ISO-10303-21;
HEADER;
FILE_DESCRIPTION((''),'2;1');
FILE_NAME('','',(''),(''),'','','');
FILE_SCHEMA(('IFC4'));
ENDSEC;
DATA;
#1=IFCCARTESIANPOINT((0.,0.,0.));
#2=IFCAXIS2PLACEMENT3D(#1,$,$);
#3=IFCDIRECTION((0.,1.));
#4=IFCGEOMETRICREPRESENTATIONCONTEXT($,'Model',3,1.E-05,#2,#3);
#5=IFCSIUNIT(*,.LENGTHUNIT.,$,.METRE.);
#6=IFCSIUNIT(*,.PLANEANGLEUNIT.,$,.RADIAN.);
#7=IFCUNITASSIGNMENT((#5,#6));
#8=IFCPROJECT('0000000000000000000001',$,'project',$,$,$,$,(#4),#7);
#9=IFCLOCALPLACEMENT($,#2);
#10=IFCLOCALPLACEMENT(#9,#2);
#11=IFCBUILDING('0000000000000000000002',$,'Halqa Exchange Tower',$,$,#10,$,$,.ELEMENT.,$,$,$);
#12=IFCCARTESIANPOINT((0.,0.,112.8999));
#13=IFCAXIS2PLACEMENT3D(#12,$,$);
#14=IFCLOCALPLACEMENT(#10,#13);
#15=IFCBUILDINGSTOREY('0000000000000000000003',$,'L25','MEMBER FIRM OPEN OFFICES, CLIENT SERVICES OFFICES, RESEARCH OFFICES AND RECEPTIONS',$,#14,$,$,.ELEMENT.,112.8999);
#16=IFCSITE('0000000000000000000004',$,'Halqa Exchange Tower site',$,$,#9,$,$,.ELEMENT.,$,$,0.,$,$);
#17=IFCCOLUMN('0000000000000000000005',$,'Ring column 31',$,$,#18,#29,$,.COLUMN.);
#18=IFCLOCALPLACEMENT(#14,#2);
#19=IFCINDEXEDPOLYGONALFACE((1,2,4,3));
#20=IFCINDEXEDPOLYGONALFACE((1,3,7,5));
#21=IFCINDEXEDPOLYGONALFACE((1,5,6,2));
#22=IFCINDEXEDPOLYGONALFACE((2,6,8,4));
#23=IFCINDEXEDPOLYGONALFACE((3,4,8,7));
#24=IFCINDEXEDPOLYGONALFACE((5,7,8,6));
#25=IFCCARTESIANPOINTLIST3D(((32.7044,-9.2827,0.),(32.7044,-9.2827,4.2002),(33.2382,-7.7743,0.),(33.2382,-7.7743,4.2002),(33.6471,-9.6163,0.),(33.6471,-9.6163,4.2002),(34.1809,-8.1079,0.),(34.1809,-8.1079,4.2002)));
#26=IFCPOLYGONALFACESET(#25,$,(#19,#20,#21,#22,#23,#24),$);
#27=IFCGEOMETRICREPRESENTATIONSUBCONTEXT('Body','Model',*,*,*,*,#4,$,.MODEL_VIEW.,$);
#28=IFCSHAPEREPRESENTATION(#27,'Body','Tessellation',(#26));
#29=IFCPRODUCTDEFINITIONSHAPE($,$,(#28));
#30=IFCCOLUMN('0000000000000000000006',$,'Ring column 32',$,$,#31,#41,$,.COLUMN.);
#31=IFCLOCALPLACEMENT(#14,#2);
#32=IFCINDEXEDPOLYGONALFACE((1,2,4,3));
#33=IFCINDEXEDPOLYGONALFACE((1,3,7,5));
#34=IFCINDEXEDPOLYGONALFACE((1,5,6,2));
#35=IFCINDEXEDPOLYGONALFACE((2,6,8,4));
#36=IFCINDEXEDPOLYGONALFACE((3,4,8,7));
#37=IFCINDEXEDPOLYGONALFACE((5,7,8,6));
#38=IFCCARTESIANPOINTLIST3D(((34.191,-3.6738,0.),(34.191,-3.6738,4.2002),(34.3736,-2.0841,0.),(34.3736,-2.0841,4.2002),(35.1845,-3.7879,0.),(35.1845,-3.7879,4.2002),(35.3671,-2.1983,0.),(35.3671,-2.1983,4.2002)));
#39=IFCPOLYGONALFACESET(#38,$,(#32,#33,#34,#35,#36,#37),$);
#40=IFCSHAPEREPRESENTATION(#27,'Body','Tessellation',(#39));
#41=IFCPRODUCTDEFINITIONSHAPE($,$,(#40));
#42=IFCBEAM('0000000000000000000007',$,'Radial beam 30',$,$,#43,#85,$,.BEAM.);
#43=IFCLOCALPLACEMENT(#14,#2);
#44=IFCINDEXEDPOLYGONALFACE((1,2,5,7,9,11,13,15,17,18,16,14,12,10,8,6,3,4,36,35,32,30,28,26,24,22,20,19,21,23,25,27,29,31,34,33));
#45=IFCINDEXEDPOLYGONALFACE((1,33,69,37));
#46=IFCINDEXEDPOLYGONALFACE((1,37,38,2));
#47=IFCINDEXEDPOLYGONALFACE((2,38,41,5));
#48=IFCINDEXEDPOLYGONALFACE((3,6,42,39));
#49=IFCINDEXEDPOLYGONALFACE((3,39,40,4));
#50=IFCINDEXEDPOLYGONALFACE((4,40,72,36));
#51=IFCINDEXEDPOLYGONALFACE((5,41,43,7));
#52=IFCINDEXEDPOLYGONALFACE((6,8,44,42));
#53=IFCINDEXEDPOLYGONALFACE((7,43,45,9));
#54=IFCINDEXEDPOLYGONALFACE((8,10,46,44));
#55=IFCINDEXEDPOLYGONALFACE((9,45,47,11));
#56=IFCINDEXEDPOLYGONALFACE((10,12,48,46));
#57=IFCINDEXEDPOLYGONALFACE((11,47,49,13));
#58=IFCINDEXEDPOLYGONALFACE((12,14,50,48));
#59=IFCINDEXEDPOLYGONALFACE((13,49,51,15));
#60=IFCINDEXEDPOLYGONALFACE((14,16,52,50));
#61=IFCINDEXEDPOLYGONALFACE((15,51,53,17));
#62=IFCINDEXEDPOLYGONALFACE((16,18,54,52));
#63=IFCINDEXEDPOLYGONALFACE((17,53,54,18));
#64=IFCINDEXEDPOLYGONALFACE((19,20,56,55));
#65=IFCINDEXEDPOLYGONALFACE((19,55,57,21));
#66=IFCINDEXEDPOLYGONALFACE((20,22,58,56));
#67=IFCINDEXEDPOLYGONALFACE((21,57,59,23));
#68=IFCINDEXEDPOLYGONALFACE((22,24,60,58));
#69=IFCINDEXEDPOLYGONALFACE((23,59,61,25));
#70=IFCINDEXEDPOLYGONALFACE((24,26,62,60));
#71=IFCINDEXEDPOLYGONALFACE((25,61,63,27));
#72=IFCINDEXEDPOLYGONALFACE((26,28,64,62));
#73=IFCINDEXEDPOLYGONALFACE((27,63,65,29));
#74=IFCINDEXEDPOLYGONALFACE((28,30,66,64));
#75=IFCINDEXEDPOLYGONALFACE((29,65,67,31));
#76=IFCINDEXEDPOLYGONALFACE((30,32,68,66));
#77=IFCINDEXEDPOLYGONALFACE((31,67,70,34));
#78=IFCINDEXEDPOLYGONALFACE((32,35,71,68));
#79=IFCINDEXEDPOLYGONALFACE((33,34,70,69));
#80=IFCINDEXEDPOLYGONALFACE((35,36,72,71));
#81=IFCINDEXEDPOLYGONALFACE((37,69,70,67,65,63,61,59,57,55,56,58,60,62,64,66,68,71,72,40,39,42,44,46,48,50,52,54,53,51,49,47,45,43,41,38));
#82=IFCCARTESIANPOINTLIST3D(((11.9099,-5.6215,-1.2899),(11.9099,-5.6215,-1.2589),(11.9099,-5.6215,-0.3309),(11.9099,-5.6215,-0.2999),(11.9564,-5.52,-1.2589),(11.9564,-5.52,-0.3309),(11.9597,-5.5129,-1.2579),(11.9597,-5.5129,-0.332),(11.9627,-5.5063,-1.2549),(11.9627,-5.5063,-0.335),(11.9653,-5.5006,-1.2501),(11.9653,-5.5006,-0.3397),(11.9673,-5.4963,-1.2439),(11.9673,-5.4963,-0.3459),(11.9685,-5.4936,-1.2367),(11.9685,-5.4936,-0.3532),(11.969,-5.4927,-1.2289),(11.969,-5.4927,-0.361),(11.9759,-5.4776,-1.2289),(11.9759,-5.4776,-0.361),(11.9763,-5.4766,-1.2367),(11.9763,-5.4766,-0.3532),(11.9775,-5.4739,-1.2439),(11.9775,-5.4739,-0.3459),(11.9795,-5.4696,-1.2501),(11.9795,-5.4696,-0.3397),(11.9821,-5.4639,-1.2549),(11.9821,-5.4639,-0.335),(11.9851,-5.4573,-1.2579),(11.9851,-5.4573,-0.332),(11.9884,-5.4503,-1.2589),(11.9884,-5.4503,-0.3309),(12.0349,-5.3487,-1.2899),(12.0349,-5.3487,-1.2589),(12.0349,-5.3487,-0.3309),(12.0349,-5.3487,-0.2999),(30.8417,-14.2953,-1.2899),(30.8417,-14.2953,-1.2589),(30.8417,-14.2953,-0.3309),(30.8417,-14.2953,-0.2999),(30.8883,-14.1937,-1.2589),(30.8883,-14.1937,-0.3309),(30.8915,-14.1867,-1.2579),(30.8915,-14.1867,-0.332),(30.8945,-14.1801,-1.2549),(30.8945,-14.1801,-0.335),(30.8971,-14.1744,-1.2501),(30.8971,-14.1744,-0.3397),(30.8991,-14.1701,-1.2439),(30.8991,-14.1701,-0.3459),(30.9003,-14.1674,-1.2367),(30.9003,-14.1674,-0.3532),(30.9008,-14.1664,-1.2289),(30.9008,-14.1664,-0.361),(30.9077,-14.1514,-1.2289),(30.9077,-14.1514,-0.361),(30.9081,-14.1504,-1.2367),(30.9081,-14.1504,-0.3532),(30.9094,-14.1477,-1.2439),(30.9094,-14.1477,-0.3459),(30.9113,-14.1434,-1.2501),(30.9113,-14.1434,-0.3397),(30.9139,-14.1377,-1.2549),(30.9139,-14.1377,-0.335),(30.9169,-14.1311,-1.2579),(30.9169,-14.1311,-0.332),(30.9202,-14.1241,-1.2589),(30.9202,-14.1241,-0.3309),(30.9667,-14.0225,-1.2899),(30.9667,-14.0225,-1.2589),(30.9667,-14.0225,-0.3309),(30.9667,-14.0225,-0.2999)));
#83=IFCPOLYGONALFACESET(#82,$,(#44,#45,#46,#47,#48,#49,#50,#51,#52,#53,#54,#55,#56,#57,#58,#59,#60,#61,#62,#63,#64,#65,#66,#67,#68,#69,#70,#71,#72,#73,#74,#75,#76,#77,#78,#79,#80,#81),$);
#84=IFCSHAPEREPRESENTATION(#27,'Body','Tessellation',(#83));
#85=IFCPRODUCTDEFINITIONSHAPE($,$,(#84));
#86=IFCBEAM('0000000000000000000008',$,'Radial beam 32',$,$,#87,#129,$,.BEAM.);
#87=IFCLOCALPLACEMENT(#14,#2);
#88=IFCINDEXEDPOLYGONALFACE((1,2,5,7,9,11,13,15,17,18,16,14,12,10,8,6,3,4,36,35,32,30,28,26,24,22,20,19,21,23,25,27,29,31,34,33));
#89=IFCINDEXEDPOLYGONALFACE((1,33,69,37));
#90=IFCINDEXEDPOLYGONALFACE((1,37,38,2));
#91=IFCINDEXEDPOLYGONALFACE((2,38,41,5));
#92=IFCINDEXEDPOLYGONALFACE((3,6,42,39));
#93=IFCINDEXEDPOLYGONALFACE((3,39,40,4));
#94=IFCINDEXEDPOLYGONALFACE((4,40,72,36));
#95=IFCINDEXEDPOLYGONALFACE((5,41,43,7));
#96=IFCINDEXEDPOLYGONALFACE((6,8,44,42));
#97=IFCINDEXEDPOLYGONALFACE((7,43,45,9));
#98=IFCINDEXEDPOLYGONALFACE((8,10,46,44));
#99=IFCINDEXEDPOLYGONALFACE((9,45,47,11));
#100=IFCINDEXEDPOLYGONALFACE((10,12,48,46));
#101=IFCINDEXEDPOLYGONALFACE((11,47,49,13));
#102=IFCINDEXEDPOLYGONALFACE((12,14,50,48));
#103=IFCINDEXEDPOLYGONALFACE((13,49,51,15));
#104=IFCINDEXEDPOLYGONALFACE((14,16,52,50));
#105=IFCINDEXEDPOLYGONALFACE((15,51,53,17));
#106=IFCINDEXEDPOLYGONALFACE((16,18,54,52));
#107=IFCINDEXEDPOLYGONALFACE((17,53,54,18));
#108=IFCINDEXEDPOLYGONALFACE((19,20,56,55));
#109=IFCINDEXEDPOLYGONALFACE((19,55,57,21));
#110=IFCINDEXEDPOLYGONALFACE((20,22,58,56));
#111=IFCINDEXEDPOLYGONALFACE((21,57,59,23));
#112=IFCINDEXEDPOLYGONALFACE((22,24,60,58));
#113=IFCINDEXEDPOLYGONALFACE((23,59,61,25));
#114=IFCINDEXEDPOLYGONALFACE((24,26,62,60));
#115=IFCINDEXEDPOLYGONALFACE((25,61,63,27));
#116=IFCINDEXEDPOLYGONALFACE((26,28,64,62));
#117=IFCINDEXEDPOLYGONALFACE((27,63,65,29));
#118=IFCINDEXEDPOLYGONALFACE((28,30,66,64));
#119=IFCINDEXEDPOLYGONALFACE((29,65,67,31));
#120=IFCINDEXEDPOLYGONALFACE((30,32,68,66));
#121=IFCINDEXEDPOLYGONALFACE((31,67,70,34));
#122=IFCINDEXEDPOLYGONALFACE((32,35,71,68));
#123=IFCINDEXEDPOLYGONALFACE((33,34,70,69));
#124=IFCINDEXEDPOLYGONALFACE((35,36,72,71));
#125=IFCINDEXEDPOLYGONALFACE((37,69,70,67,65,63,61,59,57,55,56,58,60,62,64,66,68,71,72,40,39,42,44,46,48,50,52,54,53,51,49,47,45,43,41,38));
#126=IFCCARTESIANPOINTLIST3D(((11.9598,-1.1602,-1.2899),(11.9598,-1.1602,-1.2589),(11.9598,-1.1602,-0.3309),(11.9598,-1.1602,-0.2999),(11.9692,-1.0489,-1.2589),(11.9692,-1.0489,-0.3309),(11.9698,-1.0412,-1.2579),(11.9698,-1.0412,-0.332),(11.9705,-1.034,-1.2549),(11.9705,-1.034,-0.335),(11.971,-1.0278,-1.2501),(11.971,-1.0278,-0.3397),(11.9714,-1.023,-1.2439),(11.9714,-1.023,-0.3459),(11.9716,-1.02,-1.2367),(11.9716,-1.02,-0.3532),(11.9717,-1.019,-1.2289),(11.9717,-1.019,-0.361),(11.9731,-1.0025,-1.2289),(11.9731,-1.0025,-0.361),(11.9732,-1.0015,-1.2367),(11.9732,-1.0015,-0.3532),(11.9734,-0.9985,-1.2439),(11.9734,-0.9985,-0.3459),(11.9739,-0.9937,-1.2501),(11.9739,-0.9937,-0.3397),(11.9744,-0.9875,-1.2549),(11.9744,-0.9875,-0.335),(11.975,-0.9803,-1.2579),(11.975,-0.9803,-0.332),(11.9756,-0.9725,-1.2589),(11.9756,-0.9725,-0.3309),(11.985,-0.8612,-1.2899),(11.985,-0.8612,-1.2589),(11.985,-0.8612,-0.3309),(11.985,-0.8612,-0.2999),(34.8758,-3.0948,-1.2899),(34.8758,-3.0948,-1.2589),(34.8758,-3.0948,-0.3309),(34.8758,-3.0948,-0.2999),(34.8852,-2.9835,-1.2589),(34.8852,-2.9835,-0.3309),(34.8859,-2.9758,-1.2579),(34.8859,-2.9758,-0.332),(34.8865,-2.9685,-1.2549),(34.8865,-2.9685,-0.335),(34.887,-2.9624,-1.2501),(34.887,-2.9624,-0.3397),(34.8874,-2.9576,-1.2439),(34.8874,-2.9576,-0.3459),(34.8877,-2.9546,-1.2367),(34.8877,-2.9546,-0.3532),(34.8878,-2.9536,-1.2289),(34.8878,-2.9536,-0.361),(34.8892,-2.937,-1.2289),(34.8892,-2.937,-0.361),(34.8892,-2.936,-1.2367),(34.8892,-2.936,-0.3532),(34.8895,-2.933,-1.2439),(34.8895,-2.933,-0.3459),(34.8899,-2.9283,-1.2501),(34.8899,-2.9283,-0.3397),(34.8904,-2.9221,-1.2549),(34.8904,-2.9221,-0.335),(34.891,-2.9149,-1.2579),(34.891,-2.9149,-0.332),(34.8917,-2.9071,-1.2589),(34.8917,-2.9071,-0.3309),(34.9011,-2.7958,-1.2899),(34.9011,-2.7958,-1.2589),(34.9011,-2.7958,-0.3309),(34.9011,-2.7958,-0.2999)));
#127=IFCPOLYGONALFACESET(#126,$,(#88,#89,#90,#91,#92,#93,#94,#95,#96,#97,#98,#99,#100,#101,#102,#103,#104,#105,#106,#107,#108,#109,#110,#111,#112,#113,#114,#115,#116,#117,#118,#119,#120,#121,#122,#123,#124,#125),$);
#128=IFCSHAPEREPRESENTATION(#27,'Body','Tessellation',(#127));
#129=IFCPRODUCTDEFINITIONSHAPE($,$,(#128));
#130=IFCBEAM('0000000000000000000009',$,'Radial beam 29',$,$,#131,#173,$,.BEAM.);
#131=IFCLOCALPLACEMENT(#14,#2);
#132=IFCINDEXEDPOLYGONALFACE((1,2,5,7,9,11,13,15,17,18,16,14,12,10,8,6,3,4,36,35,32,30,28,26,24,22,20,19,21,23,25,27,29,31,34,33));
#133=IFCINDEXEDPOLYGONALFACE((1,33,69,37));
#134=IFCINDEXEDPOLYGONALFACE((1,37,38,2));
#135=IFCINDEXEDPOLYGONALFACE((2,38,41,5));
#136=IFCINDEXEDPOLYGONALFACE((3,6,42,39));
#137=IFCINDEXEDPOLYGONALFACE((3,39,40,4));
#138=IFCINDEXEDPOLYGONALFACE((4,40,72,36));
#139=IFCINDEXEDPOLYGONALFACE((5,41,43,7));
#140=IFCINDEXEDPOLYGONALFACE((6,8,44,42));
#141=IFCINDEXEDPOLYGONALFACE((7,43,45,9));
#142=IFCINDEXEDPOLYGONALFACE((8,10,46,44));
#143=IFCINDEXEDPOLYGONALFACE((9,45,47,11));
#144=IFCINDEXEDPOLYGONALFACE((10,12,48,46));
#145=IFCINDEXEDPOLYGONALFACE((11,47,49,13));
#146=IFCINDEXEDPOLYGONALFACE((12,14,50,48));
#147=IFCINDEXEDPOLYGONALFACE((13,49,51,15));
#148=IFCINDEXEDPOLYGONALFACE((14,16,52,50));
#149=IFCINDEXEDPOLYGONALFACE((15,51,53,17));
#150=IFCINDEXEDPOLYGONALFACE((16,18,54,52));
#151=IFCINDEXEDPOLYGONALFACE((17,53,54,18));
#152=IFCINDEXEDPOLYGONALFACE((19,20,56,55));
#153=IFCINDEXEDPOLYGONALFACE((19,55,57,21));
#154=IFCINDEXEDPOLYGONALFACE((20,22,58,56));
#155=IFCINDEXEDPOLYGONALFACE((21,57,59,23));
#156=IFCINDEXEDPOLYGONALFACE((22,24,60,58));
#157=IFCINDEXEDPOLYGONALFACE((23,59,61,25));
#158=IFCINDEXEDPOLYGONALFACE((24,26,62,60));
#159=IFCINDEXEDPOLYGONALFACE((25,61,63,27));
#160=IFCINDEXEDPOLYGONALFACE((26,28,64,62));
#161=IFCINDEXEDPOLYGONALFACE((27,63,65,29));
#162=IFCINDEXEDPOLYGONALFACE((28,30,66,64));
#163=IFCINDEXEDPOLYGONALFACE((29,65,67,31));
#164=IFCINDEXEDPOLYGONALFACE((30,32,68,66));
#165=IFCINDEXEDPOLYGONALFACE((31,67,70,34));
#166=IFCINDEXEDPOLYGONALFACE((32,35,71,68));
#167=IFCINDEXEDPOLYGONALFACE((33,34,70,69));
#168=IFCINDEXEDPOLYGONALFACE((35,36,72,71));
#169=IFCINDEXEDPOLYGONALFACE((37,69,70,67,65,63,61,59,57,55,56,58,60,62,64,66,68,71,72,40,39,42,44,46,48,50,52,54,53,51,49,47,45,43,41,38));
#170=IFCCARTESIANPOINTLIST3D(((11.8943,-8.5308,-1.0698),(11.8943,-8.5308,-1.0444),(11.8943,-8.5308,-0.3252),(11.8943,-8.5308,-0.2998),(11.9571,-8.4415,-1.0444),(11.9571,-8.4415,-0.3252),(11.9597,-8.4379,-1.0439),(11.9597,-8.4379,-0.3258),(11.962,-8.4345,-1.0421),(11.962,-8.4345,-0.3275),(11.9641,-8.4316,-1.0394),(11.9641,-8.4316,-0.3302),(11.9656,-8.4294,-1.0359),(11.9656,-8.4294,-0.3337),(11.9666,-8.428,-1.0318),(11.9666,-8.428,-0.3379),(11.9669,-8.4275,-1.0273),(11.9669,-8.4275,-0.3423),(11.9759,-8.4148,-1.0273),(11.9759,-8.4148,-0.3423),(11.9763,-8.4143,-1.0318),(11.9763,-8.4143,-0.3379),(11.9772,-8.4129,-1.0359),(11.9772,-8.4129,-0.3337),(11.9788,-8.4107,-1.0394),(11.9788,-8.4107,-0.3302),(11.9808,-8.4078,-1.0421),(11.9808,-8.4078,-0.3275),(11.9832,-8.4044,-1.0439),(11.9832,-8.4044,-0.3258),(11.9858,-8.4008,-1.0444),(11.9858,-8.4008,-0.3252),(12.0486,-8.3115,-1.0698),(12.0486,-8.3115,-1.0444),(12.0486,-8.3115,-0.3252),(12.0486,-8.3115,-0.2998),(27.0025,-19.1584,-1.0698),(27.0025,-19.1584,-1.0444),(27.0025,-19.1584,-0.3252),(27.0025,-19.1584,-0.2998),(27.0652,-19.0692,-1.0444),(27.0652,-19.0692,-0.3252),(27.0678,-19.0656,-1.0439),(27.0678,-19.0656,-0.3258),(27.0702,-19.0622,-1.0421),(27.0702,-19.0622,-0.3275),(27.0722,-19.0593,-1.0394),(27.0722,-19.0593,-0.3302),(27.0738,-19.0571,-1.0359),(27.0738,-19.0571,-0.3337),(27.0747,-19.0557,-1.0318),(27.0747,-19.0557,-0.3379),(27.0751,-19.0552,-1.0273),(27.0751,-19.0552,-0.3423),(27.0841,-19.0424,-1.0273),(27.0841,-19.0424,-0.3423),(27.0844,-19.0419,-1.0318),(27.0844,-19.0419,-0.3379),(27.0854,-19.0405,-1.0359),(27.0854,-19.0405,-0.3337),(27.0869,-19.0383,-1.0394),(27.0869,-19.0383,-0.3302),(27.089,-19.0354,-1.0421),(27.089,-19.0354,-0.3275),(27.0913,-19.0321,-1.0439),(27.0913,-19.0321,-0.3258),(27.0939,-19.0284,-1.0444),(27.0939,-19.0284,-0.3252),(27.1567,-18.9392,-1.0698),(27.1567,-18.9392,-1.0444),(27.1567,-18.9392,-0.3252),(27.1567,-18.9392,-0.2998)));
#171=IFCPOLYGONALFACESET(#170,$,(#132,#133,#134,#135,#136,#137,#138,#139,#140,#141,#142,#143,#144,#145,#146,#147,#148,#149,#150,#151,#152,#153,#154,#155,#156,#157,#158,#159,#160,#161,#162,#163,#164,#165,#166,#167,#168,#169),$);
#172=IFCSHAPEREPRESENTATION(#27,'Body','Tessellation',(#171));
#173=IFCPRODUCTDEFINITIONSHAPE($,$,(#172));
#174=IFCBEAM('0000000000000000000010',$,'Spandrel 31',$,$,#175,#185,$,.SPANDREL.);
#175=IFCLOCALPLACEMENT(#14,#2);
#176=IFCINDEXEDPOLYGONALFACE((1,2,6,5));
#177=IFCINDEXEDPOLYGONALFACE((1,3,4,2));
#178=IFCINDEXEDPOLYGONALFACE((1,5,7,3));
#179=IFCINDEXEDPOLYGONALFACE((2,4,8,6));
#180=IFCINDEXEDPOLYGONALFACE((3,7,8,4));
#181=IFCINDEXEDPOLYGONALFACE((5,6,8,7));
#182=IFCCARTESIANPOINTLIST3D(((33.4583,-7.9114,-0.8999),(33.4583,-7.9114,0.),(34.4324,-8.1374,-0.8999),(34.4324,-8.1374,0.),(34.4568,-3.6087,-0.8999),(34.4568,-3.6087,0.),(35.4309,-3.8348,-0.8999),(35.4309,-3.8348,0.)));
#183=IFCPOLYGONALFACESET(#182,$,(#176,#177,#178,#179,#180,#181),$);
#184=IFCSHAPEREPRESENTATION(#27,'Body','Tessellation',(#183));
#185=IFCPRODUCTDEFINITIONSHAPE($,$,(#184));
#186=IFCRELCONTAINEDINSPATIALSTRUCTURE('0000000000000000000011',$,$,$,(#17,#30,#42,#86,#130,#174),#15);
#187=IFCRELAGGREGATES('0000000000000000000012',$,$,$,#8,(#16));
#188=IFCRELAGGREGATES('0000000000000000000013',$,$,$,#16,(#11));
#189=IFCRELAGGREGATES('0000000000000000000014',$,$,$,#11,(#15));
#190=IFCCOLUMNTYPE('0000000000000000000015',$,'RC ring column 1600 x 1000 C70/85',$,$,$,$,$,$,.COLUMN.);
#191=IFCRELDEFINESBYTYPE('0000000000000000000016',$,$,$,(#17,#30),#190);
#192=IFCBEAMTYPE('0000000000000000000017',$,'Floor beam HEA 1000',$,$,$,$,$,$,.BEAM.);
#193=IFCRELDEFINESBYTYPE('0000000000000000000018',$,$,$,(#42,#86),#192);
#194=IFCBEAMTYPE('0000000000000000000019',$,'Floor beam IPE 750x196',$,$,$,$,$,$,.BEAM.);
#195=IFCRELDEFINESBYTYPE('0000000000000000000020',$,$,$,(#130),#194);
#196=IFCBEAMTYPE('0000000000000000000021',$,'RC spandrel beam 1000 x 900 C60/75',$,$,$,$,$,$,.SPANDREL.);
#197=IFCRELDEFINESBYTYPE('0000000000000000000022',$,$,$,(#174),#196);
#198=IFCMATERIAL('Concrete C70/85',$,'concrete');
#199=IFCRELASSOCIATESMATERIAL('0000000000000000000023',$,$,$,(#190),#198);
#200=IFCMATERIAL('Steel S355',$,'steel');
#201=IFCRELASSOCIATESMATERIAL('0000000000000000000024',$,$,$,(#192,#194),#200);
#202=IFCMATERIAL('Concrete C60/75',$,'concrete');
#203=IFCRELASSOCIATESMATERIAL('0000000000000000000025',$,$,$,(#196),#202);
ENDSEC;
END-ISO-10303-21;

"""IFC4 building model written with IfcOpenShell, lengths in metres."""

from ifc_helpers import new_model, si_unit, direction, frame, origin, origin_2d, place, context, subcontext, project, spatial, rectangle, i_section, extrude, material, material_profile, profile_set, type_object, element, save


model = new_model("IFC4")

# Units and contexts
model_context = context("Model", 3, precision=1e-05, world=origin(), true_north=direction((0.0, 1.0)))
body_context = subcontext(model_context, "Body", "Model", "MODEL_VIEW")
ifc_project = project(units=[si_unit("LENGTHUNIT", "METRE"), si_unit("PLANEANGLEUNIT", "RADIAN")], contexts=[model_context])

# Site, building, storey
site_placement = place(None, origin())
site = spatial("IfcSite", under=ifc_project, at=site_placement, Name="Halqa Exchange Tower site", CompositionType="ELEMENT", RefElevation=0.0)
building_placement = place(site_placement, origin())
building = spatial("IfcBuilding", under=site, at=building_placement, Name="Halqa Exchange Tower", CompositionType="ELEMENT")
storey_placement = place(building_placement, frame((0.0, 0.0, 112.8999)))
storey = spatial("IfcBuildingStorey", under=building, at=storey_placement, Name="L25", Description="MEMBER FIRM OPEN OFFICES, CLIENT SERVICES OFFICES, RESEARCH OFFICES AND RECEPTIONS", CompositionType="ELEMENT", Elevation=112.8999)

# Columns
ifc_material_1 = material(Name="Concrete C70/85", Category="concrete")
ifc_material_profile_1 = material_profile(ifc_material_1, rectangle(XDim=1.6001, YDim=1.0, at=origin_2d()), Name="1600 x 1000")
ifc_profile_set_1 = profile_set([ifc_material_profile_1], Name="Concrete C70/85")
column_type = type_object("IfcColumnType", Name="RC ring column 1600 x 1000 C70/85", PredefinedType="COLUMN", material=ifc_profile_set_1)
for number, where, z_axis, x_axis, name in (
    (1, (33.4426, -8.6953, 0.0), (0.0, 0.0, 1.0), (0.333624, 0.942706, 0.0), "Ring column 31"),
    (2, (34.7791, -2.936, 0.0), (0.0, 0.0, 1.0), (0.114152, 0.993463, 0.0), "Ring column 32"),
):
    element("IfcColumn", number, at=place(storey_placement, frame(where, z_axis=z_axis, x_axis=x_axis)), inside=storey, type_object=column_type, Name=name, PredefinedType="COLUMN", context=body_context, shape_type="SweptSolid", body=[
        extrude(rectangle(XDim=1.6001, YDim=1.0, at=origin_2d()), origin(), (0.0, 0.0, 1.0), 4.2002),
    ])

# Beams
ifc_material_2 = material(Name="Steel S355", Category="steel")
ifc_material_profile_2 = material_profile(ifc_material_2, i_section(OverallWidth=0.3, OverallDepth=0.99, WebThickness=0.0166, FlangeThickness=0.031, FilletRadius=0.03, at=origin_2d()), Name="HEA 1000")
ifc_profile_set_2 = profile_set([ifc_material_profile_2], Name="Steel S355")
beam_type_1 = type_object("IfcBeamType", Name="Floor beam HEA 1000", PredefinedType="BEAM", material=ifc_profile_set_2)
beam_1_placement = place(storey_placement, frame((11.9724, -5.4851, -0.7949), z_axis=(0.909125, -0.416524, 0.0), x_axis=(0.416524, 0.909125, 0.0)))
element("IfcBeam", 3, at=beam_1_placement, inside=storey, type_object=beam_type_1, Name="Radial beam 30", PredefinedType="BEAM", context=body_context, shape_type="SweptSolid", body=[
    extrude(i_section(OverallWidth=0.3, OverallDepth=0.99, WebThickness=0.0166, FlangeThickness=0.031, FilletRadius=0.03, at=origin_2d()), origin(), (0.0, 0.0, 1.0), 20.8242),
])
beam_2_placement = place(storey_placement, frame((11.9724, -1.0107, -0.7949), z_axis=(0.996456, -0.084121, 0.0), x_axis=(0.084121, 0.996456, 0.0)))
element("IfcBeam", 4, at=beam_2_placement, inside=storey, type_object=beam_type_1, Name="Radial beam 32", PredefinedType="BEAM", context=body_context, shape_type="SweptSolid", body=[
    extrude(i_section(OverallWidth=0.3, OverallDepth=0.99, WebThickness=0.0166, FlangeThickness=0.031, FilletRadius=0.03, at=origin_2d()), origin(), (0.0, 0.0, 1.0), 22.9976),
])
ifc_material_profile_3 = material_profile(ifc_material_2, i_section(OverallWidth=0.2681, OverallDepth=0.77, WebThickness=0.0156, FlangeThickness=0.0254, FilletRadius=0.0171, at=origin_2d()), Name="IPE 750x196")
ifc_profile_set_3 = profile_set([ifc_material_profile_3], Name="Steel S355")
beam_type_2 = type_object("IfcBeamType", Name="Floor beam IPE 750x196", PredefinedType="BEAM", material=ifc_profile_set_3)
beam_3_placement = place(storey_placement, frame((11.9714, -8.4211, -0.6848), z_axis=(0.817908, -0.575349, 0.0), x_axis=(0.575349, 0.817908, 0.0)))
element("IfcBeam", 5, at=beam_3_placement, inside=storey, type_object=beam_type_2, Name="Radial beam 29", PredefinedType="BEAM", context=body_context, shape_type="SweptSolid", body=[
    extrude(i_section(OverallWidth=0.2681, OverallDepth=0.77, WebThickness=0.0156, FlangeThickness=0.0254, FilletRadius=0.0171, at=origin_2d()), origin(), (0.0, 0.0, 1.0), 18.4717),
])
ifc_material_3 = material(Name="Concrete C60/75", Category="concrete")
ifc_material_profile_4 = material_profile(ifc_material_3, rectangle(XDim=1.0, YDim=0.8999, at=origin_2d()), Name="1000 x 900")
ifc_profile_set_4 = profile_set([ifc_material_profile_4], Name="Concrete C60/75")
beam_type_3 = type_object("IfcBeamType", Name="RC spandrel beam 1000 x 900 C60/75", PredefinedType="SPANDREL", material=ifc_profile_set_4)
beam_4_placement = place(storey_placement, frame((33.9453, -8.0244, -0.45), z_axis=(0.226062, 0.974113, 0.0), x_axis=(-0.974113, 0.226062, 0.0)))
element("IfcBeam", 6, at=beam_4_placement, inside=storey, type_object=beam_type_3, Name="Spandrel 31", PredefinedType="SPANDREL", context=body_context, shape_type="SweptSolid", body=[
    extrude(rectangle(XDim=1.0, YDim=0.8999, at=origin_2d()), origin(), (0.0, 0.0, 1.0), 4.417),
])

save(model, "model.ifc")
